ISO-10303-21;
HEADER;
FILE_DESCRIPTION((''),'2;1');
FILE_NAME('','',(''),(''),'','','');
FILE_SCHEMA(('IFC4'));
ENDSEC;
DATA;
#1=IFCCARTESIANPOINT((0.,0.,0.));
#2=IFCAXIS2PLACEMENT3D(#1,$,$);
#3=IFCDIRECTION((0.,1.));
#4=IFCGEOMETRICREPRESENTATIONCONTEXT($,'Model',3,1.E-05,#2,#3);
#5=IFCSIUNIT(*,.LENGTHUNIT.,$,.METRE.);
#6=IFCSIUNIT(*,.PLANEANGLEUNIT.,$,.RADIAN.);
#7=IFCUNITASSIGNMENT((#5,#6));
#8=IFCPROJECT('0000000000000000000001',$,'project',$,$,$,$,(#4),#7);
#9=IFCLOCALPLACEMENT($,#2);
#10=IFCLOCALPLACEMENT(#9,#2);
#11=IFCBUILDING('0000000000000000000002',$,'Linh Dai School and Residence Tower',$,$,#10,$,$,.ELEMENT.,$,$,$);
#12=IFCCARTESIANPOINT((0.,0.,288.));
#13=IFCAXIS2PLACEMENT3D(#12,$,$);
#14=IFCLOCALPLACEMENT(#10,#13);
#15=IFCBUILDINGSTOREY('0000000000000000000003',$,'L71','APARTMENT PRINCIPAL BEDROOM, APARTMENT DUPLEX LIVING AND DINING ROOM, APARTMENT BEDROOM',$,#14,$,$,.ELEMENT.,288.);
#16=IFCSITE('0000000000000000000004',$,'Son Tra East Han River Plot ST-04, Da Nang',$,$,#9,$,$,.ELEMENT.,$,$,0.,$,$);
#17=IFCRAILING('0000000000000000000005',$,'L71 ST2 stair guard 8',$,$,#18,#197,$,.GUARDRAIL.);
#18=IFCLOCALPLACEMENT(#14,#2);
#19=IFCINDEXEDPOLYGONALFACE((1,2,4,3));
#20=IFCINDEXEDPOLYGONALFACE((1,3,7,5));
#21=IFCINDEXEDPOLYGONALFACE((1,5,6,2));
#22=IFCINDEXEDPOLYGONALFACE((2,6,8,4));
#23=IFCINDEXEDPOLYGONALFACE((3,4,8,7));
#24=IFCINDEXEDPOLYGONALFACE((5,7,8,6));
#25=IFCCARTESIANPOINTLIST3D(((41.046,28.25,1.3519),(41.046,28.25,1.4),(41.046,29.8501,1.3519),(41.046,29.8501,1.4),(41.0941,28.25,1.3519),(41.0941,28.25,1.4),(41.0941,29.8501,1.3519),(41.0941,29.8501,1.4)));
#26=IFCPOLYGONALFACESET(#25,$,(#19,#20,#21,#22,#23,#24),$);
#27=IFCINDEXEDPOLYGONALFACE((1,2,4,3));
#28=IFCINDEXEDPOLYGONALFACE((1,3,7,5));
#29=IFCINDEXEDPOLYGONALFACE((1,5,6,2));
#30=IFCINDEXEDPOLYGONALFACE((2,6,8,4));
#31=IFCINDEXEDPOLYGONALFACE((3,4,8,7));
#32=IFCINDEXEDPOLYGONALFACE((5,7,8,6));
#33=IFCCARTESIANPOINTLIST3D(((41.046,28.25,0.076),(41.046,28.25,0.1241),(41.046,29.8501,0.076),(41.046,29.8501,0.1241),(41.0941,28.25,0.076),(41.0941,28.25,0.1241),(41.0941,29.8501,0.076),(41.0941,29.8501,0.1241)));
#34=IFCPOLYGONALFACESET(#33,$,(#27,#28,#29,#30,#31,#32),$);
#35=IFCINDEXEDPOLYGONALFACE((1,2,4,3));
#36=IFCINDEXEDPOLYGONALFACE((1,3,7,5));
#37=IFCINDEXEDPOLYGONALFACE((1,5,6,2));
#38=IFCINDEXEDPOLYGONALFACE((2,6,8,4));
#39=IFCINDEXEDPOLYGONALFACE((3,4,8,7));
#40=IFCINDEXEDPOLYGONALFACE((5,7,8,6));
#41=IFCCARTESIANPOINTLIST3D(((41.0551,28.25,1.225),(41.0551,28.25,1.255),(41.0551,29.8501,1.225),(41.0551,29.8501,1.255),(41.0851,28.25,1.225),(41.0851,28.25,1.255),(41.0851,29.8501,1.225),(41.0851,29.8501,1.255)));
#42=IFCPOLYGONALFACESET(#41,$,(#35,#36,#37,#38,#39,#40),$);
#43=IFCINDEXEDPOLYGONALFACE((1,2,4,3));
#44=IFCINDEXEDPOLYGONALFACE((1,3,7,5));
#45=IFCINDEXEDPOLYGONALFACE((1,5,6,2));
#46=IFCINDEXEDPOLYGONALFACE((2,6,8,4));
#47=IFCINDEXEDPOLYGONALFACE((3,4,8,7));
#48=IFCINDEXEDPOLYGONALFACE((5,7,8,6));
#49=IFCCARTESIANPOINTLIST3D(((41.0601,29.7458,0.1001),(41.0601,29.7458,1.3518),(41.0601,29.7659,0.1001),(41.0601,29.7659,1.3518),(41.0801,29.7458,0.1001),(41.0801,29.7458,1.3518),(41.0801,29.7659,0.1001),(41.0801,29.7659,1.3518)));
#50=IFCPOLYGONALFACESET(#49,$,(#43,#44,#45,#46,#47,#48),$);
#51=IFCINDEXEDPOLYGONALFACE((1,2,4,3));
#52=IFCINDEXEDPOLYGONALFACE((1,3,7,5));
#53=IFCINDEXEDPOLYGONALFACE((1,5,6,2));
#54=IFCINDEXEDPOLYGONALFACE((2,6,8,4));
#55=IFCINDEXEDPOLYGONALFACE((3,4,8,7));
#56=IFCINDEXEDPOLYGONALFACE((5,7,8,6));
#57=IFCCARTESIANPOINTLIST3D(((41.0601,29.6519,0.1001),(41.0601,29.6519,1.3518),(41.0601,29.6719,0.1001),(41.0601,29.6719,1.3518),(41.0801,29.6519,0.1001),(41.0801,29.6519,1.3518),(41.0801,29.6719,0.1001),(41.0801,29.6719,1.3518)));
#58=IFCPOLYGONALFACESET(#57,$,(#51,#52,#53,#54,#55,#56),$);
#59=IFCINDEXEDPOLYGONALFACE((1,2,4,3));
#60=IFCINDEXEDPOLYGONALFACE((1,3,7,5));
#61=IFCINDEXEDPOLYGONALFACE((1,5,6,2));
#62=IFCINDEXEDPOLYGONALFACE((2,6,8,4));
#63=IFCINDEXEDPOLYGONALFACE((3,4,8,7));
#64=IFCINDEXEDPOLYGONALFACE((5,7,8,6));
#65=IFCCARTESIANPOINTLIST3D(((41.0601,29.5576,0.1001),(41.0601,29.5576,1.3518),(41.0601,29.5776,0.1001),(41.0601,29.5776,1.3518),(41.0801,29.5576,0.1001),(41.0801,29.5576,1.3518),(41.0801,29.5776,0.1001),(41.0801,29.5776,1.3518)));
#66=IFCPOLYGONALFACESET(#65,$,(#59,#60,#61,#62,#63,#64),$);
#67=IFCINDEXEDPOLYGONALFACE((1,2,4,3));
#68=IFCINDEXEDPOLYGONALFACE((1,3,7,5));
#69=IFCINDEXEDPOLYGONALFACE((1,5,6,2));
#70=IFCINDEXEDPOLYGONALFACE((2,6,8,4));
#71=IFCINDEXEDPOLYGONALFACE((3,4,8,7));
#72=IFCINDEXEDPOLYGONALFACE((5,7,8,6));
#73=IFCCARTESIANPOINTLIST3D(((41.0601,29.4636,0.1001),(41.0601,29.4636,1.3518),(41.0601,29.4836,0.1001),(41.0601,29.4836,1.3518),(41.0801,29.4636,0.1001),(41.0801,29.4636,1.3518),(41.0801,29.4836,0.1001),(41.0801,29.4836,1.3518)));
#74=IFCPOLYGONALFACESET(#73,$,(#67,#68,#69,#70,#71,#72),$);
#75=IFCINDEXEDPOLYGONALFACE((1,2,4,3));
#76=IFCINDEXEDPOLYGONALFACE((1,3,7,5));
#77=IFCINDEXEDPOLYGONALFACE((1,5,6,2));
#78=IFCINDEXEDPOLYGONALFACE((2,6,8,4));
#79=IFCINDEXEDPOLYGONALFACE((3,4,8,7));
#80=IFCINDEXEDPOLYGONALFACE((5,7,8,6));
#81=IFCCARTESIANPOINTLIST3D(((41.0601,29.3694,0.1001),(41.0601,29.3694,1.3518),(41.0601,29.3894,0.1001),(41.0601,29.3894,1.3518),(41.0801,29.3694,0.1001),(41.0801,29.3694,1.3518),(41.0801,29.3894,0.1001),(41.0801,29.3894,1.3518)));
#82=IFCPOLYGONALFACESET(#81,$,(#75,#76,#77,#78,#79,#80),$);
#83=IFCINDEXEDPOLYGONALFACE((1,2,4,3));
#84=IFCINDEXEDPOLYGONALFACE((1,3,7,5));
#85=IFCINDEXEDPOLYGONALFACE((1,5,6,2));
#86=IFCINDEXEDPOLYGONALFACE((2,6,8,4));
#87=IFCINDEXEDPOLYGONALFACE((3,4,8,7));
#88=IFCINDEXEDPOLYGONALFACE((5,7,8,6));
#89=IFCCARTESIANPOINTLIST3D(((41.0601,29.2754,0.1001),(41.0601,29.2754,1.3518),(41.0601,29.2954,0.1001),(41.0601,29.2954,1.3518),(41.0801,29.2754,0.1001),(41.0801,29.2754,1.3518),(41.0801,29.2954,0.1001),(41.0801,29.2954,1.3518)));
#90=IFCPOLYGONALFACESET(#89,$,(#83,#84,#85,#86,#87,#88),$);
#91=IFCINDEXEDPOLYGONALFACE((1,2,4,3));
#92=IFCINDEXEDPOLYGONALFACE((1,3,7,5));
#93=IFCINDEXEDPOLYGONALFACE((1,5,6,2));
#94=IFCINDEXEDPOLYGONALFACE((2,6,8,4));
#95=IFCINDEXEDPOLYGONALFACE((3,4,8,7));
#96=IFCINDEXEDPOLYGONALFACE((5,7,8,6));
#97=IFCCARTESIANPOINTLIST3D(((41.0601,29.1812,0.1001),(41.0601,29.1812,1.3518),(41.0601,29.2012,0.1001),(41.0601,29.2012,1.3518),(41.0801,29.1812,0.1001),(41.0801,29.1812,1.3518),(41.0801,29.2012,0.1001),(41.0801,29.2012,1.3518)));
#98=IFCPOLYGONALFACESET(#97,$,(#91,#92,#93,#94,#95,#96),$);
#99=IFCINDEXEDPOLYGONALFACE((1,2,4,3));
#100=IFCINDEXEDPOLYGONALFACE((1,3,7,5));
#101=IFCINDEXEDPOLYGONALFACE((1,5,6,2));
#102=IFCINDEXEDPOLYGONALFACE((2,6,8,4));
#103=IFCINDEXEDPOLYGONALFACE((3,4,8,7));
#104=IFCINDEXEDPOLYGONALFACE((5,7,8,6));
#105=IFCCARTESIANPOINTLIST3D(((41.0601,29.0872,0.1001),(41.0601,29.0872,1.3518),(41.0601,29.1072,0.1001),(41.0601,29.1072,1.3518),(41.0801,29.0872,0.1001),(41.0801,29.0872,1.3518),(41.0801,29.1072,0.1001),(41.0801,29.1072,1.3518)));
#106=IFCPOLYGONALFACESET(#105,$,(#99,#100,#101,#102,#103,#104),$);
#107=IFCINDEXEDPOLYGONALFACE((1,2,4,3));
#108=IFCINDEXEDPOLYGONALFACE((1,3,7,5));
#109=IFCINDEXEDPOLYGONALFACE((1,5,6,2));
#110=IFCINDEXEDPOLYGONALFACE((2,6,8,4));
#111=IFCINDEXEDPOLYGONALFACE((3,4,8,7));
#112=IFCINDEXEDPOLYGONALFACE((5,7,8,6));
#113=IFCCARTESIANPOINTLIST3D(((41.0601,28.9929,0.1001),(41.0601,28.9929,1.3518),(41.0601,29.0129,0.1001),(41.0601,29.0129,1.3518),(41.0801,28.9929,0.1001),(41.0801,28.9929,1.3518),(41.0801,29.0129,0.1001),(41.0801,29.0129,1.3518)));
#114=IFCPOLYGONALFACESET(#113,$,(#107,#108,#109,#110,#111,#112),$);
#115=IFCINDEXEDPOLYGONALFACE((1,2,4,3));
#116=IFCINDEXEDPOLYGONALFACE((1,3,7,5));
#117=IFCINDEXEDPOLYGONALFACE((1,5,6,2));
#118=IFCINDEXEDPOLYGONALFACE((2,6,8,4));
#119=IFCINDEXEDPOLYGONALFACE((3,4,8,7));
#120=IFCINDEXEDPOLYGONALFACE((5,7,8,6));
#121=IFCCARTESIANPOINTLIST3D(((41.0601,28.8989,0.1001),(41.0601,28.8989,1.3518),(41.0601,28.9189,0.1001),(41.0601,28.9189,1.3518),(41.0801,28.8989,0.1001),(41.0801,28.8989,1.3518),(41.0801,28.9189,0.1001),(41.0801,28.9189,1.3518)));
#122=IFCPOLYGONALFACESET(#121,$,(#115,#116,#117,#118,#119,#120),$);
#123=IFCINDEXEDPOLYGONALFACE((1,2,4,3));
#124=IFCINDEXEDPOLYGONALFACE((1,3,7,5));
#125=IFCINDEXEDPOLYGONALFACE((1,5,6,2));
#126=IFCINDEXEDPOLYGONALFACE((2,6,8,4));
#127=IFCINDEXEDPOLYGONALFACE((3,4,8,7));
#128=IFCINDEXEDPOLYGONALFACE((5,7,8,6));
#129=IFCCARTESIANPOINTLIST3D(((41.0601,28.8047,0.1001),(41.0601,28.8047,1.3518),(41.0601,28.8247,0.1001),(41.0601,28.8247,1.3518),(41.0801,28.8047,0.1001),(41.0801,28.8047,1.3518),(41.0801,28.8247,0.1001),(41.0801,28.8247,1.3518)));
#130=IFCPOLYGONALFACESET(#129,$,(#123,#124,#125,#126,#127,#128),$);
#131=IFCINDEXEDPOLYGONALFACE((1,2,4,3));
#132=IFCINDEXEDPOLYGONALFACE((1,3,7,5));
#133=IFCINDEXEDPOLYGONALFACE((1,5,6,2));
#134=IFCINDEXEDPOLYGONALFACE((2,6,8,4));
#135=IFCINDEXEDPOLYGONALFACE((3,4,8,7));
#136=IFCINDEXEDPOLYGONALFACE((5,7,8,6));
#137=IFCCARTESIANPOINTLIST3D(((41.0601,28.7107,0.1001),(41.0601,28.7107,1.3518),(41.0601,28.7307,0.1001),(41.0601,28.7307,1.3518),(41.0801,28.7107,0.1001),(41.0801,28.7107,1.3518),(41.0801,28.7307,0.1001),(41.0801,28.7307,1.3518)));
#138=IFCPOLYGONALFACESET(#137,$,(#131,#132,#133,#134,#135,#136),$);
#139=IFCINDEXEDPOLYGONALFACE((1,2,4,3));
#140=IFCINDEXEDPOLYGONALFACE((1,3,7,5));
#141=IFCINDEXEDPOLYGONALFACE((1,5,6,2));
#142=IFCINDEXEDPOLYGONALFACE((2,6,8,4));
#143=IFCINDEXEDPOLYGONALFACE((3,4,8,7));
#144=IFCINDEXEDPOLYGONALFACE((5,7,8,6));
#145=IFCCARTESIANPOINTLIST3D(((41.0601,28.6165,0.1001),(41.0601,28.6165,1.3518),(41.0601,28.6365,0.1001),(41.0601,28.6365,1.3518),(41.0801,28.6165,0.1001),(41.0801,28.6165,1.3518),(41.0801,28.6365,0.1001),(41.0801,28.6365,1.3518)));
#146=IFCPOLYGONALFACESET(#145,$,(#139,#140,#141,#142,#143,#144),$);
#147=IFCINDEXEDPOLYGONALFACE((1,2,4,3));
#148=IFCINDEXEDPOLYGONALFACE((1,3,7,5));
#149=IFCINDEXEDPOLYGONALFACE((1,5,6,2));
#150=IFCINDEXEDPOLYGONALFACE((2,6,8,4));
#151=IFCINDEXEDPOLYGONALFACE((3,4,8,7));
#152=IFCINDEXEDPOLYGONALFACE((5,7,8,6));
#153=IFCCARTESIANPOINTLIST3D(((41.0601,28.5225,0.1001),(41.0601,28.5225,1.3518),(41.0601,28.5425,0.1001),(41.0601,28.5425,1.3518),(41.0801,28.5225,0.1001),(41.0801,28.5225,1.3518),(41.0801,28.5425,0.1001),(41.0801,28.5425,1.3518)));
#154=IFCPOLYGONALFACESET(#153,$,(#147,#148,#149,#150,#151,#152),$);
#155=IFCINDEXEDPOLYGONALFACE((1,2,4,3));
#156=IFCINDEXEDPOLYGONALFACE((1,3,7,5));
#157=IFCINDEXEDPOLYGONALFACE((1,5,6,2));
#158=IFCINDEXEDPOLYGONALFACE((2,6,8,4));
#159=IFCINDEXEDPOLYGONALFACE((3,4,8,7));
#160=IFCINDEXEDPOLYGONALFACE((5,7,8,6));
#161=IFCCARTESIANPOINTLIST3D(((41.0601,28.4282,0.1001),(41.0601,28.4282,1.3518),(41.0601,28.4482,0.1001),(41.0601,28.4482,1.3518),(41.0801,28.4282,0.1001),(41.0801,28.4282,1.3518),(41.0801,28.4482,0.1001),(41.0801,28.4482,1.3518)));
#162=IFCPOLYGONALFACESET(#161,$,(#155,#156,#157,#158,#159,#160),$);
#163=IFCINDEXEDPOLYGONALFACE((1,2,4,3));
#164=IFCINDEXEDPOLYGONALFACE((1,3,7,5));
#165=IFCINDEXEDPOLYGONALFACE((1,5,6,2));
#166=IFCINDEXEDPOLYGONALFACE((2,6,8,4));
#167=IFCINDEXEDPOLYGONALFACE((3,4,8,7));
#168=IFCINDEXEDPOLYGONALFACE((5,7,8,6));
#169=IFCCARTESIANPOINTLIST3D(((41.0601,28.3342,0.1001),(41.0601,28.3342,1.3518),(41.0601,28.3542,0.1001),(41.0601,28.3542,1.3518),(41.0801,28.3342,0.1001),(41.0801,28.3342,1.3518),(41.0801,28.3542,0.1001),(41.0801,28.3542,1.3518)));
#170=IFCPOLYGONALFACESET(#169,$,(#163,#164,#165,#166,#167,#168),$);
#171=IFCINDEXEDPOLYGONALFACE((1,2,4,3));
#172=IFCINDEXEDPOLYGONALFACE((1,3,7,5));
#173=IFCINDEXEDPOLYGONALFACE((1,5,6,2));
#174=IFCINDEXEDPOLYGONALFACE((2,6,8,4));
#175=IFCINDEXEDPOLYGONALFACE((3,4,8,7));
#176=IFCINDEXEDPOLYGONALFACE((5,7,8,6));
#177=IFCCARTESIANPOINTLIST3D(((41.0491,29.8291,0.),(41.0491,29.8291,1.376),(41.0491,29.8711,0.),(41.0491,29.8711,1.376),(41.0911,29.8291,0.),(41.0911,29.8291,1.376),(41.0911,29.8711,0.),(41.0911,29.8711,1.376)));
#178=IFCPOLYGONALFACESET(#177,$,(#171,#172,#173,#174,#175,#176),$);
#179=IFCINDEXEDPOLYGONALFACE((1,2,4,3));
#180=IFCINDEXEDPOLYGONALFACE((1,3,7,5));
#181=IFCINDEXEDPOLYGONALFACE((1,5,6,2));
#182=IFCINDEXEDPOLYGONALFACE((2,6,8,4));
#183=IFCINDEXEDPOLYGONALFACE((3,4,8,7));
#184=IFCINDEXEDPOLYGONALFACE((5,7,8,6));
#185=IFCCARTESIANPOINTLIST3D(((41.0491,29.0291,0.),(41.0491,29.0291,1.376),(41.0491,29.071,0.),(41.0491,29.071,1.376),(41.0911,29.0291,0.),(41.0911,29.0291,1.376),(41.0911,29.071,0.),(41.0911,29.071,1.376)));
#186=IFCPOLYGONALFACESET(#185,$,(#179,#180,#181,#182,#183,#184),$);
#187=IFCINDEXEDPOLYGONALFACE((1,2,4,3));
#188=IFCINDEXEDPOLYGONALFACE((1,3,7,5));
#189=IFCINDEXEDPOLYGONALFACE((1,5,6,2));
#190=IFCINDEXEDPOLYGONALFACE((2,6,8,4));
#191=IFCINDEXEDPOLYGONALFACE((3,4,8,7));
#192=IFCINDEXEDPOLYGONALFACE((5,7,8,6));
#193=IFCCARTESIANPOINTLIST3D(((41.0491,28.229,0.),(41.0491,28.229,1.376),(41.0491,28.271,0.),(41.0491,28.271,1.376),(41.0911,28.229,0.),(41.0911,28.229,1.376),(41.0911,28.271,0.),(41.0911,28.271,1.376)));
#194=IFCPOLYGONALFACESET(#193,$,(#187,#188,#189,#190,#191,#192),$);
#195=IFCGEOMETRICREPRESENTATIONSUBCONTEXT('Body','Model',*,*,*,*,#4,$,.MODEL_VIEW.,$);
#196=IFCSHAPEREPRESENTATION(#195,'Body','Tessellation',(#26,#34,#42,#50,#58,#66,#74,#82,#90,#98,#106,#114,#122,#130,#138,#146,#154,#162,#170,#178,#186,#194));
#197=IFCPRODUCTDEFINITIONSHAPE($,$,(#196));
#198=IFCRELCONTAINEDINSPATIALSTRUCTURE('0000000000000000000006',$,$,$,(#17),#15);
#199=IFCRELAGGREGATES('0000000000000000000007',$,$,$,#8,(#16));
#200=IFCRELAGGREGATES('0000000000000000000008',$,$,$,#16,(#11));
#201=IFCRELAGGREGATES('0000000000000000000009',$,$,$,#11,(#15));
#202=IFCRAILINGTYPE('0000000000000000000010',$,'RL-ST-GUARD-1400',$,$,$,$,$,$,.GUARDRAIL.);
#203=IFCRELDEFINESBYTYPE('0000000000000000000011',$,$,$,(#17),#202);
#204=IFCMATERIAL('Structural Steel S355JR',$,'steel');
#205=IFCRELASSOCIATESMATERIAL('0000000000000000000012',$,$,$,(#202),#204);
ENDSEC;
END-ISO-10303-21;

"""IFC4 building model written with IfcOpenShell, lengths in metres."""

from ifc_helpers import new_model, si_unit, direction, frame, origin, origin_2d, place, context, subcontext, project, spatial, rectangle, extrude, source, transform, mapped, material, type_object, element, save


model = new_model("IFC4")

# Units and contexts
model_context = context("Model", 3, precision=1e-05, world=origin(), true_north=direction((0.0, 1.0)))
body_context = subcontext(model_context, "Body", "Model", "MODEL_VIEW")
ifc_project = project(units=[si_unit("LENGTHUNIT", "METRE"), si_unit("PLANEANGLEUNIT", "RADIAN")], contexts=[model_context])

# Site, building, storey
site_placement = place(None, origin())
site = spatial("IfcSite", under=ifc_project, at=site_placement, Name="Son Tra East Han River Plot ST-04, Da Nang", CompositionType="ELEMENT", RefElevation=0.0)
building_placement = place(site_placement, origin())
building = spatial("IfcBuilding", under=site, at=building_placement, Name="Linh Dai School and Residence Tower", CompositionType="ELEMENT")
storey_placement = place(building_placement, frame((0.0, 0.0, 288.0)))
storey = spatial("IfcBuildingStorey", under=building, at=storey_placement, Name="L71", Description="APARTMENT PRINCIPAL BEDROOM, APARTMENT DUPLEX LIVING AND DINING ROOM, APARTMENT BEDROOM", CompositionType="ELEMENT", Elevation=288.0)

# Shared definitions
ifc_material_1 = material(Name="Structural Steel S355JR", Category="steel")

# Railing
railing_type_1 = type_object("IfcRailingType", Name="RL-ST-GUARD-1400", PredefinedType="GUARDRAIL", material=ifc_material_1)
shared_shape_1 = source(origin(), body_context, "Body", "SweptSolid", [
    extrude(rectangle(XDim=0.0481, YDim=0.0481, at=origin_2d()), frame((0.0, 0.0, 1.376), z_axis=(0.0, -1.0, 0.0), x_axis=(1.0, 0.0, 0.0)), (0.0, 0.0, 1.0), 1.6001),
    extrude(rectangle(XDim=0.0481, YDim=0.0481, at=origin_2d()), frame((0.0, 0.0, 0.1001), z_axis=(0.0, -1.0, 0.0), x_axis=(1.0, 0.0, 0.0)), (0.0, 0.0, 1.0), 1.6001),
    extrude(rectangle(XDim=0.03, YDim=0.03, at=origin_2d()), frame((0.0, 0.0, 1.24), z_axis=(0.0, -1.0, 0.0), x_axis=(1.0, 0.0, 0.0)), (0.0, 0.0, 1.0), 1.6001),
    extrude(rectangle(XDim=0.02, YDim=0.02, at=origin_2d()), frame((0.0, -0.0942, 0.1001)), (0.0, 0.0, 1.0), 1.2517),
    extrude(rectangle(XDim=0.02, YDim=0.02, at=origin_2d()), frame((0.0, -0.1882, 0.1001)), (0.0, 0.0, 1.0), 1.2517),
    extrude(rectangle(XDim=0.02, YDim=0.02, at=origin_2d()), frame((0.0, -0.2825, 0.1001)), (0.0, 0.0, 1.0), 1.2517),
    extrude(rectangle(XDim=0.02, YDim=0.02, at=origin_2d()), frame((0.0, -0.3765, 0.1001)), (0.0, 0.0, 1.0), 1.2517),
    extrude(rectangle(XDim=0.02, YDim=0.02, at=origin_2d()), frame((0.0, -0.4707, 0.1001)), (0.0, 0.0, 1.0), 1.2517),
    extrude(rectangle(XDim=0.02, YDim=0.02, at=origin_2d()), frame((0.0, -0.5647, 0.1001)), (0.0, 0.0, 1.0), 1.2517),
    extrude(rectangle(XDim=0.02, YDim=0.02, at=origin_2d()), frame((0.0, -0.6589, 0.1001)), (0.0, 0.0, 1.0), 1.2517),
    extrude(rectangle(XDim=0.02, YDim=0.02, at=origin_2d()), frame((0.0, -0.7529, 0.1001)), (0.0, 0.0, 1.0), 1.2517),
    extrude(rectangle(XDim=0.02, YDim=0.02, at=origin_2d()), frame((0.0, -0.8472, 0.1001)), (0.0, 0.0, 1.0), 1.2517),
    extrude(rectangle(XDim=0.02, YDim=0.02, at=origin_2d()), frame((0.0, -0.9412, 0.1001)), (0.0, 0.0, 1.0), 1.2517),
    extrude(rectangle(XDim=0.02, YDim=0.02, at=origin_2d()), frame((0.0, -1.0354, 0.1001)), (0.0, 0.0, 1.0), 1.2517),
    extrude(rectangle(XDim=0.02, YDim=0.02, at=origin_2d()), frame((0.0, -1.1294, 0.1001)), (0.0, 0.0, 1.0), 1.2517),
    extrude(rectangle(XDim=0.02, YDim=0.02, at=origin_2d()), frame((0.0, -1.2236, 0.1001)), (0.0, 0.0, 1.0), 1.2517),
    extrude(rectangle(XDim=0.02, YDim=0.02, at=origin_2d()), frame((0.0, -1.3176, 0.1001)), (0.0, 0.0, 1.0), 1.2517),
    extrude(rectangle(XDim=0.02, YDim=0.02, at=origin_2d()), frame((0.0, -1.4119, 0.1001)), (0.0, 0.0, 1.0), 1.2517),
    extrude(rectangle(XDim=0.02, YDim=0.02, at=origin_2d()), frame((0.0, -1.5059, 0.1001)), (0.0, 0.0, 1.0), 1.2517),
    extrude(rectangle(XDim=0.042, YDim=0.042, at=origin_2d()), origin(), (0.0, 0.0, 1.0), 1.376),
    extrude(rectangle(XDim=0.042, YDim=0.042, at=origin_2d()), frame((0.0, -0.8, 0.0)), (0.0, 0.0, 1.0), 1.376),
    extrude(rectangle(XDim=0.042, YDim=0.042, at=origin_2d()), frame((0.0, -1.6001, 0.0)), (0.0, 0.0, 1.0), 1.376),
])
for number, where, name in (
    (1, (41.0701, 29.8501, 0.0), "L71 ST2 stair guard 8"),
):
    element("IfcRailing", number, at=place(storey_placement, frame(where)), inside=storey, type_object=railing_type_1, Name=name, PredefinedType="GUARDRAIL", context=body_context, shape_type="MappedRepresentation", body=[
        mapped(shared_shape_1, transform((0.0, 0.0, 0.0), x_axis=(1.0, 0.0, 0.0), y_axis=(0.0, 1.0, 0.0), z_axis=(0.0, 0.0, 1.0), scale=1.0)),
    ])

save(model, "model.ifc")
